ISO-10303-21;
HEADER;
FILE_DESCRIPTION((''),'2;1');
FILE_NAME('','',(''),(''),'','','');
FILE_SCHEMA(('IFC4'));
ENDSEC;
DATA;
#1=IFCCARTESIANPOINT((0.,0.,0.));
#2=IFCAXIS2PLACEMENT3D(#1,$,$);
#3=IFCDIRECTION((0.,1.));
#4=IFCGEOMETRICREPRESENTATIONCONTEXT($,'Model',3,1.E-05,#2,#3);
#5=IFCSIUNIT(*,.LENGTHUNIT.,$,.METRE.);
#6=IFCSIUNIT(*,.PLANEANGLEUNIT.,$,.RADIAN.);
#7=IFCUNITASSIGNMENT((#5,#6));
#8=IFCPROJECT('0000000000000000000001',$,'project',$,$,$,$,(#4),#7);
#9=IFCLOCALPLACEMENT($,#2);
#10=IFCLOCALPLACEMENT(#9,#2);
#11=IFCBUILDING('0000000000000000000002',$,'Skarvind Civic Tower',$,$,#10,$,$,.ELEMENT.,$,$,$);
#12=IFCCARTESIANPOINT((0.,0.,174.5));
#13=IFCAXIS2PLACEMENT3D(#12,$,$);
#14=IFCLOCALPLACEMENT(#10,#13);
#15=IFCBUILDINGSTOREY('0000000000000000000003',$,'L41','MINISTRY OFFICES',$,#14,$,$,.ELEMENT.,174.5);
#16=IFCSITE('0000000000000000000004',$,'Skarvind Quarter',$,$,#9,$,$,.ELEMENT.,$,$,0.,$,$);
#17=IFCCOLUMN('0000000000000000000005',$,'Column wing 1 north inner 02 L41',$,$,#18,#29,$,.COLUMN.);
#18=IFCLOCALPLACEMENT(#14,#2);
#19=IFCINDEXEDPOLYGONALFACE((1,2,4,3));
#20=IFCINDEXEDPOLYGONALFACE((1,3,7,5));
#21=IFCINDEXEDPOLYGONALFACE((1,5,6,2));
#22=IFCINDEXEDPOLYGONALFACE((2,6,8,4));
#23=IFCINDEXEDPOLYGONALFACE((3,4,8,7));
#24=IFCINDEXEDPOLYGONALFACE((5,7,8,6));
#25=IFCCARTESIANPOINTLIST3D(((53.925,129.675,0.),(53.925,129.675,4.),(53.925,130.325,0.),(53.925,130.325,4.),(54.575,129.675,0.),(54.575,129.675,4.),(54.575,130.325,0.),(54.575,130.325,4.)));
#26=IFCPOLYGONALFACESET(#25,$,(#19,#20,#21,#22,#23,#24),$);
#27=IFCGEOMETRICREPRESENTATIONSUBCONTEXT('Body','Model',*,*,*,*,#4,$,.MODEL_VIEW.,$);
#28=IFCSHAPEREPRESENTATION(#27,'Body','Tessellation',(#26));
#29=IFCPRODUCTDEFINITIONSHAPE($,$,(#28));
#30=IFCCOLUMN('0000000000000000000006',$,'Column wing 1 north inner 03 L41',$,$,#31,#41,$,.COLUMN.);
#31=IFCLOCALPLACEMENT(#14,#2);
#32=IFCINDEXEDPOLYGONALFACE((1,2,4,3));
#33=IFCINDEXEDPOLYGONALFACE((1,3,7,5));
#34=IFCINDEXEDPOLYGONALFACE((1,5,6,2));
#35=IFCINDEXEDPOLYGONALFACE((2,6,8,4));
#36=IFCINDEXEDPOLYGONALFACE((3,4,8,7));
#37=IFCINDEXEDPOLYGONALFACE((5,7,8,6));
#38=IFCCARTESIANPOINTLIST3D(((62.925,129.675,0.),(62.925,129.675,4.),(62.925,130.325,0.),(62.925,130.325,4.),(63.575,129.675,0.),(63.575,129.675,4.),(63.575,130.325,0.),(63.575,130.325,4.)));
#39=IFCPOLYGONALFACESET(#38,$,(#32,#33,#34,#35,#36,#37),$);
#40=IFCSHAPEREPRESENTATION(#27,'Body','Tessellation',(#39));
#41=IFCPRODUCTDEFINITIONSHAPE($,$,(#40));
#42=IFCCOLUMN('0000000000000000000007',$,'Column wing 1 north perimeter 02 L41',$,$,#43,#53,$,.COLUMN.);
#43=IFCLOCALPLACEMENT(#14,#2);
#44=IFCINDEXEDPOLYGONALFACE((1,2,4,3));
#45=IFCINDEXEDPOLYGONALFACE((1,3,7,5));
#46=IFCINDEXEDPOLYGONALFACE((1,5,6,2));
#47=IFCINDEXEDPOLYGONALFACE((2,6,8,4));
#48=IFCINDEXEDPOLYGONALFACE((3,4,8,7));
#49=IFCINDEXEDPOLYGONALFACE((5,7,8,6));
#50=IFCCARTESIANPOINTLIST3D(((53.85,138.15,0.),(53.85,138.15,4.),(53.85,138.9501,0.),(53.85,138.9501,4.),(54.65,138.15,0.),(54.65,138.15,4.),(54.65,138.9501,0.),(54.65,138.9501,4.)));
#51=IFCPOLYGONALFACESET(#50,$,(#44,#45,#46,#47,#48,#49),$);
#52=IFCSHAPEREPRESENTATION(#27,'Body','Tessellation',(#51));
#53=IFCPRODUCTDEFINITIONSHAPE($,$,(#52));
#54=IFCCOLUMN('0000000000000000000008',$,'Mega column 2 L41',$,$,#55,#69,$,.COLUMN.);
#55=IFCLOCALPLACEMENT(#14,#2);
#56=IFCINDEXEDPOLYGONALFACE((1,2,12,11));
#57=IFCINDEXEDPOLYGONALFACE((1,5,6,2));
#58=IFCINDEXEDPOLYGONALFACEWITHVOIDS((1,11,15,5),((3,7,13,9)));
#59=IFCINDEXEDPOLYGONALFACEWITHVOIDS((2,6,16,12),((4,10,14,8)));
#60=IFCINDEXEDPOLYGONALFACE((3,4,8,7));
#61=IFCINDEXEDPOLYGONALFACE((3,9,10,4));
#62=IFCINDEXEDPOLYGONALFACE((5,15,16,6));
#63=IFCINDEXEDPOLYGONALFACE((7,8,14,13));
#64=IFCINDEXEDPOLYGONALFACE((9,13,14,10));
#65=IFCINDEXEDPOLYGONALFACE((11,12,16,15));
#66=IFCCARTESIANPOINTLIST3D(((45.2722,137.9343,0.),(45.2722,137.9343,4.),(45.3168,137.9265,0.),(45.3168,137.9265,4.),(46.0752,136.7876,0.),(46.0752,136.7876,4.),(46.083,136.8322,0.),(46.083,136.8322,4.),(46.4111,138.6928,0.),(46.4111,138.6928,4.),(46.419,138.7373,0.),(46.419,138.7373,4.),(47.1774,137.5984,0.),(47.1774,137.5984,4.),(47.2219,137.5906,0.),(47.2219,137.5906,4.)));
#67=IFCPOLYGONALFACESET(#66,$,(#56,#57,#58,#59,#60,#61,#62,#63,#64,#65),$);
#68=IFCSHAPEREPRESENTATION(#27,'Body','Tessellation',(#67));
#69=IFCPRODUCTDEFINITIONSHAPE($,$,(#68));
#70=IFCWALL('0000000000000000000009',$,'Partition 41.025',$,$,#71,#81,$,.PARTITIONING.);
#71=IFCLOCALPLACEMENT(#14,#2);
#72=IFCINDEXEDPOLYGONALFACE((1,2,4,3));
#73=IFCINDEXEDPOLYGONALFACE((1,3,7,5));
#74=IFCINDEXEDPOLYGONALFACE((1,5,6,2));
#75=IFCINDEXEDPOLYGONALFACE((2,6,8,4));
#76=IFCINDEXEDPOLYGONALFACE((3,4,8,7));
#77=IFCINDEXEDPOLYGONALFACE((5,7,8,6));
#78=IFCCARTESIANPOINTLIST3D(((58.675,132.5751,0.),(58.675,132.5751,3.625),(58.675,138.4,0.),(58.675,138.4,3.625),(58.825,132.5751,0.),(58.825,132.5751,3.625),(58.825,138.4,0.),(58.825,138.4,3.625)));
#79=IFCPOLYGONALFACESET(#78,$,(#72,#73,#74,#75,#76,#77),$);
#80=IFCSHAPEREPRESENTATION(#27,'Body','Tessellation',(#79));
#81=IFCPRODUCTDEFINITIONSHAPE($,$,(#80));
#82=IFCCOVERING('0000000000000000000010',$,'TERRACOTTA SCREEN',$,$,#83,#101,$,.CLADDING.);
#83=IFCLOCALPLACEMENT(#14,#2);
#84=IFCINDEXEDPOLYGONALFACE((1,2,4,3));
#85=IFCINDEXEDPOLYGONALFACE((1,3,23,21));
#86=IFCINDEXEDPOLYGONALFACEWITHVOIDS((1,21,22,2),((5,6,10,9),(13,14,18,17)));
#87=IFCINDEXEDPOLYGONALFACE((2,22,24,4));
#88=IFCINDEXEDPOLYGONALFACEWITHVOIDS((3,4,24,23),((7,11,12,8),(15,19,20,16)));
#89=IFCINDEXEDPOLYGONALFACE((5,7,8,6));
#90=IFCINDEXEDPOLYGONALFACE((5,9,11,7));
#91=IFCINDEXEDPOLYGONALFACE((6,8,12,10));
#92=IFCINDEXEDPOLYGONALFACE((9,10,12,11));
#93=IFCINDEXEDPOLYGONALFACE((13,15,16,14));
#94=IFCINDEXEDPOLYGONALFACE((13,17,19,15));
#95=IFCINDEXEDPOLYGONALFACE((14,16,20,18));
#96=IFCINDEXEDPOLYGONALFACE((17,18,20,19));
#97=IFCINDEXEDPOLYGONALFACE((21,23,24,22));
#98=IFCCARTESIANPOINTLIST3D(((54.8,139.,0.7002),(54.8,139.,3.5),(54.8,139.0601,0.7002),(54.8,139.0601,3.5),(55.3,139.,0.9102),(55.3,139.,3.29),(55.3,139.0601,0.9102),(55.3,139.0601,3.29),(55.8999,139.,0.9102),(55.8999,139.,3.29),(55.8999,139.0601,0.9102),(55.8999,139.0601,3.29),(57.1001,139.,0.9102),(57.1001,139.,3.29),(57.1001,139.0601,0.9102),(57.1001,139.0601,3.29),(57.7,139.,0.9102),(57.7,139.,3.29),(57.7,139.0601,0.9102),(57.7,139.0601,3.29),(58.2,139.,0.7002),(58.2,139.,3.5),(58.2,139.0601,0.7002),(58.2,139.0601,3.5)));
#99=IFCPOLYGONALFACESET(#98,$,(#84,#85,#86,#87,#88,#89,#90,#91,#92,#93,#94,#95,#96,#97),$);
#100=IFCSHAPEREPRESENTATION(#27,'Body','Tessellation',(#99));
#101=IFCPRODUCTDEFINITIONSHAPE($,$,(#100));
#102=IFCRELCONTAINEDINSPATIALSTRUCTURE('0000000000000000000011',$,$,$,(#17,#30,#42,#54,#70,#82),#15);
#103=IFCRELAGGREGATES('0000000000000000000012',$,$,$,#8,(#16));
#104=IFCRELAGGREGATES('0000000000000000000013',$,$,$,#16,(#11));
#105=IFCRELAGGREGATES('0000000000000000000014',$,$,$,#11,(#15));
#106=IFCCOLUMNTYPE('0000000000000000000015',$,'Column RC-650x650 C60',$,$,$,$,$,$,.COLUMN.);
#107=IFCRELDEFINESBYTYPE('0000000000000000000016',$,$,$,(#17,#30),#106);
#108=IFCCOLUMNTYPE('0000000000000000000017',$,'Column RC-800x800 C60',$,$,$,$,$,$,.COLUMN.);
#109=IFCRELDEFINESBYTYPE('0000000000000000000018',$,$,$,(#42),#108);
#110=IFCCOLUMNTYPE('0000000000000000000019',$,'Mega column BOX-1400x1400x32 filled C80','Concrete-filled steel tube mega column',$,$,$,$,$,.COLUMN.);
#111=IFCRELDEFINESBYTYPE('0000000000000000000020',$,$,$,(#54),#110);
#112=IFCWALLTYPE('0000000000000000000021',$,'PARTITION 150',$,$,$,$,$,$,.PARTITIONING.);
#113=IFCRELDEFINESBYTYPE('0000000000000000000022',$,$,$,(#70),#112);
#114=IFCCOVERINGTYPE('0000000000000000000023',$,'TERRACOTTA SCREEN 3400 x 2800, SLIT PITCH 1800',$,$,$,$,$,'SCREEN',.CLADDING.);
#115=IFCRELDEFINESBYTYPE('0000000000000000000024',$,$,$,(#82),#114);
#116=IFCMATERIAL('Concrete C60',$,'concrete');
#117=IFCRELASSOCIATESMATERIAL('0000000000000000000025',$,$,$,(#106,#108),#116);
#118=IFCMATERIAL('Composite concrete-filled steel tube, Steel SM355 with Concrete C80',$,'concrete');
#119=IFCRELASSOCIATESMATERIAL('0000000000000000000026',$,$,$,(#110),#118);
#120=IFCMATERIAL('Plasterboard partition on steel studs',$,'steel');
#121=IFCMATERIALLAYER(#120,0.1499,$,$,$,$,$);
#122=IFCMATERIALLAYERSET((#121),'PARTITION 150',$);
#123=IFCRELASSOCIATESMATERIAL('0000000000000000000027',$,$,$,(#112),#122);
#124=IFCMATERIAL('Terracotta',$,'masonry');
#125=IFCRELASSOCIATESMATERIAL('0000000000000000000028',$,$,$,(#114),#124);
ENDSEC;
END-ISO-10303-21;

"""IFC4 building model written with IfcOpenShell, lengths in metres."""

from ifc_helpers import new_model, si_unit, direction, frame, frame_2d, origin, origin_2d, place, context, subcontext, project, spatial, polyline, rectangle, hollow_rectangle, outline, extrude, material, layer, layer_set, material_profile, profile_set, type_object, element, save


model = new_model("IFC4")

# Units and contexts
model_context = context("Model", 3, precision=1e-05, world=origin(), true_north=direction((0.0, 1.0)))
body_context = subcontext(model_context, "Body", "Model", "MODEL_VIEW")
ifc_project = project(units=[si_unit("LENGTHUNIT", "METRE"), si_unit("PLANEANGLEUNIT", "RADIAN")], contexts=[model_context])

# Site, building, storey
site_placement = place(None, origin())
site = spatial("IfcSite", under=ifc_project, at=site_placement, Name="Skarvind Quarter", CompositionType="ELEMENT", RefElevation=0.0)
building_placement = place(site_placement, origin())
building = spatial("IfcBuilding", under=site, at=building_placement, Name="Skarvind Civic Tower", CompositionType="ELEMENT")
storey_placement = place(building_placement, frame((0.0, 0.0, 174.5)))
storey = spatial("IfcBuildingStorey", under=building, at=storey_placement, Name="L41", Description="MINISTRY OFFICES", CompositionType="ELEMENT", Elevation=174.5)

# Columns
ifc_material_1 = material(Name="Concrete C60", Category="concrete")
ifc_material_profile_1 = material_profile(ifc_material_1, rectangle(XDim=0.6499, YDim=0.6499, at=origin_2d()), Name="RC-650x650")
ifc_profile_set_1 = profile_set([ifc_material_profile_1], Name="Concrete C60")
column_type_1 = type_object("IfcColumnType", Name="Column RC-650x650 C60", PredefinedType="COLUMN", material=ifc_profile_set_1)
for number, where, z_axis, x_axis, name in (
    (1, (54.25, 130.0, 0.0), (0.0, 0.0, 1.0), (1.0, 0.0, 0.0), "Column wing 1 north inner 02 L41"),
    (2, (63.25, 130.0, 0.0), (0.0, 0.0, 1.0), (1.0, 0.0, 0.0), "Column wing 1 north inner 03 L41"),
):
    element("IfcColumn", number, at=place(storey_placement, frame(where, z_axis=z_axis, x_axis=x_axis)), inside=storey, type_object=column_type_1, Name=name, PredefinedType="COLUMN", context=body_context, shape_type="SweptSolid", body=[
        extrude(rectangle(XDim=0.6499, YDim=0.6499, at=origin_2d()), origin(), (0.0, 0.0, 1.0), 4.0),
    ])
ifc_material_profile_2 = material_profile(ifc_material_1, rectangle(XDim=0.8, YDim=0.8, at=origin_2d()), Name="RC-800x800")
ifc_profile_set_2 = profile_set([ifc_material_profile_2], Name="Concrete C60")
column_type_2 = type_object("IfcColumnType", Name="Column RC-800x800 C60", PredefinedType="COLUMN", material=ifc_profile_set_2)
column_1_placement = place(storey_placement, frame((54.25, 138.55, 0.0), z_axis=(0.0, 0.0, 1.0), x_axis=(1.0, 0.0, 0.0)))
element("IfcColumn", 3, at=column_1_placement, inside=storey, type_object=column_type_2, Name="Column wing 1 north perimeter 02 L41", PredefinedType="COLUMN", context=body_context, shape_type="SweptSolid", body=[
    extrude(rectangle(XDim=0.8, YDim=0.8, at=origin_2d()), origin(), (0.0, 0.0, 1.0), 4.0),
])
ifc_material_2 = material(Name="Composite concrete-filled steel tube, Steel SM355 with Concrete C80", Category="concrete")
ifc_material_profile_3 = material_profile(ifc_material_2, hollow_rectangle(XDim=1.3999, YDim=1.3999, WallThickness=0.032, at=origin_2d()), Name="BOX-1400x1400x32")
ifc_profile_set_3 = profile_set([ifc_material_profile_3], Name="Composite concrete-filled steel tube, Steel SM355 with Concrete C80")
column_type_3 = type_object("IfcColumnType", Name="Mega column BOX-1400x1400x32 filled C80", Description="Concrete-filled steel tube mega column", PredefinedType="COLUMN", material=ifc_profile_set_3)
column_2_placement = place(storey_placement, frame((46.2471, 137.7625, 0.0), z_axis=(0.0, 0.0, 1.0), x_axis=(0.573576, -0.819152, 0.0)))
element("IfcColumn", 4, at=column_2_placement, inside=storey, type_object=column_type_3, Name="Mega column 2 L41", PredefinedType="COLUMN", context=body_context, shape_type="SweptSolid", body=[
    extrude(hollow_rectangle(XDim=1.3999, YDim=1.3999, WallThickness=0.032, at=origin_2d()), origin(), (0.0, 0.0, 1.0), 4.0),
])

# Wall
ifc_material_3 = material(Name="Plasterboard partition on steel studs", Category="steel")
ifc_layer_1 = layer(ifc_material_3, 0.1499)
ifc_layer_set_1 = layer_set([ifc_layer_1], Name="PARTITION 150")
wall_type_1 = type_object("IfcWallType", Name="PARTITION 150", PredefinedType="PARTITIONING", material=ifc_layer_set_1)
wall_1_placement = place(storey_placement, frame((58.75, 132.575, 0.0), z_axis=(0.0, 0.0, 1.0), x_axis=(0.0, 1.0, 0.0)))
element("IfcWall", 5, at=wall_1_placement, inside=storey, type_object=wall_type_1, Name="Partition 41.025", PredefinedType="PARTITIONING", context=body_context, shape_type="SweptSolid", body=[
    extrude(rectangle(XDim=5.825, YDim=0.1499, at=frame_2d((2.9126, 0.0))), origin(), (0.0, 0.0, 1.0), 3.625),
])

# Covering
ifc_material_4 = material(Name="Terracotta", Category="masonry")
ifc_material_profile_4 = material_profile(ifc_material_4, outline(polyline([(-1.7, -1.3999), (1.7, -1.3999), (1.7, 1.3999), (-1.7, 1.3999), (-1.7, -1.3999)]), holes=[polyline([(-1.2, -1.1899), (-0.6001, -1.1899), (-0.6001, 1.1899), (-1.2, 1.1899), (-1.2, -1.1899)]), polyline([(0.6001, -1.1899), (1.2, -1.1899), (1.2, 1.1899), (0.6001, 1.1899), (0.6001, -1.1899)])]), Name="TERRACOTTA SCREEN 3400 x 2800, SLIT PITCH 1800")
ifc_profile_set_4 = profile_set([ifc_material_profile_4], Name="Terracotta")
covering_type = type_object("IfcCoveringType", Name="TERRACOTTA SCREEN 3400 x 2800, SLIT PITCH 1800", ElementType="SCREEN", PredefinedType="CLADDING", material=ifc_profile_set_4)
covering_placement = place(storey_placement, frame((56.5, 139.0, 2.1001), z_axis=(0.0, 1.0, 0.0), x_axis=(-1.0, 0.0, 0.0)))
element("IfcCovering", 6, at=covering_placement, inside=storey, type_object=covering_type, Name="TERRACOTTA SCREEN", PredefinedType="CLADDING", context=body_context, shape_type="SweptSolid", body=[
    extrude(outline(polyline([(-1.7, -1.3999), (1.7, -1.3999), (1.7, 1.3999), (-1.7, 1.3999), (-1.7, -1.3999)]), holes=[polyline([(-1.2, -1.1899), (-0.6001, -1.1899), (-0.6001, 1.1899), (-1.2, 1.1899), (-1.2, -1.1899)]), polyline([(0.6001, -1.1899), (1.2, -1.1899), (1.2, 1.1899), (0.6001, 1.1899), (0.6001, -1.1899)])]), origin(), (0.0, 0.0, 1.0), 0.0601),
])

save(model, "model.ifc")
